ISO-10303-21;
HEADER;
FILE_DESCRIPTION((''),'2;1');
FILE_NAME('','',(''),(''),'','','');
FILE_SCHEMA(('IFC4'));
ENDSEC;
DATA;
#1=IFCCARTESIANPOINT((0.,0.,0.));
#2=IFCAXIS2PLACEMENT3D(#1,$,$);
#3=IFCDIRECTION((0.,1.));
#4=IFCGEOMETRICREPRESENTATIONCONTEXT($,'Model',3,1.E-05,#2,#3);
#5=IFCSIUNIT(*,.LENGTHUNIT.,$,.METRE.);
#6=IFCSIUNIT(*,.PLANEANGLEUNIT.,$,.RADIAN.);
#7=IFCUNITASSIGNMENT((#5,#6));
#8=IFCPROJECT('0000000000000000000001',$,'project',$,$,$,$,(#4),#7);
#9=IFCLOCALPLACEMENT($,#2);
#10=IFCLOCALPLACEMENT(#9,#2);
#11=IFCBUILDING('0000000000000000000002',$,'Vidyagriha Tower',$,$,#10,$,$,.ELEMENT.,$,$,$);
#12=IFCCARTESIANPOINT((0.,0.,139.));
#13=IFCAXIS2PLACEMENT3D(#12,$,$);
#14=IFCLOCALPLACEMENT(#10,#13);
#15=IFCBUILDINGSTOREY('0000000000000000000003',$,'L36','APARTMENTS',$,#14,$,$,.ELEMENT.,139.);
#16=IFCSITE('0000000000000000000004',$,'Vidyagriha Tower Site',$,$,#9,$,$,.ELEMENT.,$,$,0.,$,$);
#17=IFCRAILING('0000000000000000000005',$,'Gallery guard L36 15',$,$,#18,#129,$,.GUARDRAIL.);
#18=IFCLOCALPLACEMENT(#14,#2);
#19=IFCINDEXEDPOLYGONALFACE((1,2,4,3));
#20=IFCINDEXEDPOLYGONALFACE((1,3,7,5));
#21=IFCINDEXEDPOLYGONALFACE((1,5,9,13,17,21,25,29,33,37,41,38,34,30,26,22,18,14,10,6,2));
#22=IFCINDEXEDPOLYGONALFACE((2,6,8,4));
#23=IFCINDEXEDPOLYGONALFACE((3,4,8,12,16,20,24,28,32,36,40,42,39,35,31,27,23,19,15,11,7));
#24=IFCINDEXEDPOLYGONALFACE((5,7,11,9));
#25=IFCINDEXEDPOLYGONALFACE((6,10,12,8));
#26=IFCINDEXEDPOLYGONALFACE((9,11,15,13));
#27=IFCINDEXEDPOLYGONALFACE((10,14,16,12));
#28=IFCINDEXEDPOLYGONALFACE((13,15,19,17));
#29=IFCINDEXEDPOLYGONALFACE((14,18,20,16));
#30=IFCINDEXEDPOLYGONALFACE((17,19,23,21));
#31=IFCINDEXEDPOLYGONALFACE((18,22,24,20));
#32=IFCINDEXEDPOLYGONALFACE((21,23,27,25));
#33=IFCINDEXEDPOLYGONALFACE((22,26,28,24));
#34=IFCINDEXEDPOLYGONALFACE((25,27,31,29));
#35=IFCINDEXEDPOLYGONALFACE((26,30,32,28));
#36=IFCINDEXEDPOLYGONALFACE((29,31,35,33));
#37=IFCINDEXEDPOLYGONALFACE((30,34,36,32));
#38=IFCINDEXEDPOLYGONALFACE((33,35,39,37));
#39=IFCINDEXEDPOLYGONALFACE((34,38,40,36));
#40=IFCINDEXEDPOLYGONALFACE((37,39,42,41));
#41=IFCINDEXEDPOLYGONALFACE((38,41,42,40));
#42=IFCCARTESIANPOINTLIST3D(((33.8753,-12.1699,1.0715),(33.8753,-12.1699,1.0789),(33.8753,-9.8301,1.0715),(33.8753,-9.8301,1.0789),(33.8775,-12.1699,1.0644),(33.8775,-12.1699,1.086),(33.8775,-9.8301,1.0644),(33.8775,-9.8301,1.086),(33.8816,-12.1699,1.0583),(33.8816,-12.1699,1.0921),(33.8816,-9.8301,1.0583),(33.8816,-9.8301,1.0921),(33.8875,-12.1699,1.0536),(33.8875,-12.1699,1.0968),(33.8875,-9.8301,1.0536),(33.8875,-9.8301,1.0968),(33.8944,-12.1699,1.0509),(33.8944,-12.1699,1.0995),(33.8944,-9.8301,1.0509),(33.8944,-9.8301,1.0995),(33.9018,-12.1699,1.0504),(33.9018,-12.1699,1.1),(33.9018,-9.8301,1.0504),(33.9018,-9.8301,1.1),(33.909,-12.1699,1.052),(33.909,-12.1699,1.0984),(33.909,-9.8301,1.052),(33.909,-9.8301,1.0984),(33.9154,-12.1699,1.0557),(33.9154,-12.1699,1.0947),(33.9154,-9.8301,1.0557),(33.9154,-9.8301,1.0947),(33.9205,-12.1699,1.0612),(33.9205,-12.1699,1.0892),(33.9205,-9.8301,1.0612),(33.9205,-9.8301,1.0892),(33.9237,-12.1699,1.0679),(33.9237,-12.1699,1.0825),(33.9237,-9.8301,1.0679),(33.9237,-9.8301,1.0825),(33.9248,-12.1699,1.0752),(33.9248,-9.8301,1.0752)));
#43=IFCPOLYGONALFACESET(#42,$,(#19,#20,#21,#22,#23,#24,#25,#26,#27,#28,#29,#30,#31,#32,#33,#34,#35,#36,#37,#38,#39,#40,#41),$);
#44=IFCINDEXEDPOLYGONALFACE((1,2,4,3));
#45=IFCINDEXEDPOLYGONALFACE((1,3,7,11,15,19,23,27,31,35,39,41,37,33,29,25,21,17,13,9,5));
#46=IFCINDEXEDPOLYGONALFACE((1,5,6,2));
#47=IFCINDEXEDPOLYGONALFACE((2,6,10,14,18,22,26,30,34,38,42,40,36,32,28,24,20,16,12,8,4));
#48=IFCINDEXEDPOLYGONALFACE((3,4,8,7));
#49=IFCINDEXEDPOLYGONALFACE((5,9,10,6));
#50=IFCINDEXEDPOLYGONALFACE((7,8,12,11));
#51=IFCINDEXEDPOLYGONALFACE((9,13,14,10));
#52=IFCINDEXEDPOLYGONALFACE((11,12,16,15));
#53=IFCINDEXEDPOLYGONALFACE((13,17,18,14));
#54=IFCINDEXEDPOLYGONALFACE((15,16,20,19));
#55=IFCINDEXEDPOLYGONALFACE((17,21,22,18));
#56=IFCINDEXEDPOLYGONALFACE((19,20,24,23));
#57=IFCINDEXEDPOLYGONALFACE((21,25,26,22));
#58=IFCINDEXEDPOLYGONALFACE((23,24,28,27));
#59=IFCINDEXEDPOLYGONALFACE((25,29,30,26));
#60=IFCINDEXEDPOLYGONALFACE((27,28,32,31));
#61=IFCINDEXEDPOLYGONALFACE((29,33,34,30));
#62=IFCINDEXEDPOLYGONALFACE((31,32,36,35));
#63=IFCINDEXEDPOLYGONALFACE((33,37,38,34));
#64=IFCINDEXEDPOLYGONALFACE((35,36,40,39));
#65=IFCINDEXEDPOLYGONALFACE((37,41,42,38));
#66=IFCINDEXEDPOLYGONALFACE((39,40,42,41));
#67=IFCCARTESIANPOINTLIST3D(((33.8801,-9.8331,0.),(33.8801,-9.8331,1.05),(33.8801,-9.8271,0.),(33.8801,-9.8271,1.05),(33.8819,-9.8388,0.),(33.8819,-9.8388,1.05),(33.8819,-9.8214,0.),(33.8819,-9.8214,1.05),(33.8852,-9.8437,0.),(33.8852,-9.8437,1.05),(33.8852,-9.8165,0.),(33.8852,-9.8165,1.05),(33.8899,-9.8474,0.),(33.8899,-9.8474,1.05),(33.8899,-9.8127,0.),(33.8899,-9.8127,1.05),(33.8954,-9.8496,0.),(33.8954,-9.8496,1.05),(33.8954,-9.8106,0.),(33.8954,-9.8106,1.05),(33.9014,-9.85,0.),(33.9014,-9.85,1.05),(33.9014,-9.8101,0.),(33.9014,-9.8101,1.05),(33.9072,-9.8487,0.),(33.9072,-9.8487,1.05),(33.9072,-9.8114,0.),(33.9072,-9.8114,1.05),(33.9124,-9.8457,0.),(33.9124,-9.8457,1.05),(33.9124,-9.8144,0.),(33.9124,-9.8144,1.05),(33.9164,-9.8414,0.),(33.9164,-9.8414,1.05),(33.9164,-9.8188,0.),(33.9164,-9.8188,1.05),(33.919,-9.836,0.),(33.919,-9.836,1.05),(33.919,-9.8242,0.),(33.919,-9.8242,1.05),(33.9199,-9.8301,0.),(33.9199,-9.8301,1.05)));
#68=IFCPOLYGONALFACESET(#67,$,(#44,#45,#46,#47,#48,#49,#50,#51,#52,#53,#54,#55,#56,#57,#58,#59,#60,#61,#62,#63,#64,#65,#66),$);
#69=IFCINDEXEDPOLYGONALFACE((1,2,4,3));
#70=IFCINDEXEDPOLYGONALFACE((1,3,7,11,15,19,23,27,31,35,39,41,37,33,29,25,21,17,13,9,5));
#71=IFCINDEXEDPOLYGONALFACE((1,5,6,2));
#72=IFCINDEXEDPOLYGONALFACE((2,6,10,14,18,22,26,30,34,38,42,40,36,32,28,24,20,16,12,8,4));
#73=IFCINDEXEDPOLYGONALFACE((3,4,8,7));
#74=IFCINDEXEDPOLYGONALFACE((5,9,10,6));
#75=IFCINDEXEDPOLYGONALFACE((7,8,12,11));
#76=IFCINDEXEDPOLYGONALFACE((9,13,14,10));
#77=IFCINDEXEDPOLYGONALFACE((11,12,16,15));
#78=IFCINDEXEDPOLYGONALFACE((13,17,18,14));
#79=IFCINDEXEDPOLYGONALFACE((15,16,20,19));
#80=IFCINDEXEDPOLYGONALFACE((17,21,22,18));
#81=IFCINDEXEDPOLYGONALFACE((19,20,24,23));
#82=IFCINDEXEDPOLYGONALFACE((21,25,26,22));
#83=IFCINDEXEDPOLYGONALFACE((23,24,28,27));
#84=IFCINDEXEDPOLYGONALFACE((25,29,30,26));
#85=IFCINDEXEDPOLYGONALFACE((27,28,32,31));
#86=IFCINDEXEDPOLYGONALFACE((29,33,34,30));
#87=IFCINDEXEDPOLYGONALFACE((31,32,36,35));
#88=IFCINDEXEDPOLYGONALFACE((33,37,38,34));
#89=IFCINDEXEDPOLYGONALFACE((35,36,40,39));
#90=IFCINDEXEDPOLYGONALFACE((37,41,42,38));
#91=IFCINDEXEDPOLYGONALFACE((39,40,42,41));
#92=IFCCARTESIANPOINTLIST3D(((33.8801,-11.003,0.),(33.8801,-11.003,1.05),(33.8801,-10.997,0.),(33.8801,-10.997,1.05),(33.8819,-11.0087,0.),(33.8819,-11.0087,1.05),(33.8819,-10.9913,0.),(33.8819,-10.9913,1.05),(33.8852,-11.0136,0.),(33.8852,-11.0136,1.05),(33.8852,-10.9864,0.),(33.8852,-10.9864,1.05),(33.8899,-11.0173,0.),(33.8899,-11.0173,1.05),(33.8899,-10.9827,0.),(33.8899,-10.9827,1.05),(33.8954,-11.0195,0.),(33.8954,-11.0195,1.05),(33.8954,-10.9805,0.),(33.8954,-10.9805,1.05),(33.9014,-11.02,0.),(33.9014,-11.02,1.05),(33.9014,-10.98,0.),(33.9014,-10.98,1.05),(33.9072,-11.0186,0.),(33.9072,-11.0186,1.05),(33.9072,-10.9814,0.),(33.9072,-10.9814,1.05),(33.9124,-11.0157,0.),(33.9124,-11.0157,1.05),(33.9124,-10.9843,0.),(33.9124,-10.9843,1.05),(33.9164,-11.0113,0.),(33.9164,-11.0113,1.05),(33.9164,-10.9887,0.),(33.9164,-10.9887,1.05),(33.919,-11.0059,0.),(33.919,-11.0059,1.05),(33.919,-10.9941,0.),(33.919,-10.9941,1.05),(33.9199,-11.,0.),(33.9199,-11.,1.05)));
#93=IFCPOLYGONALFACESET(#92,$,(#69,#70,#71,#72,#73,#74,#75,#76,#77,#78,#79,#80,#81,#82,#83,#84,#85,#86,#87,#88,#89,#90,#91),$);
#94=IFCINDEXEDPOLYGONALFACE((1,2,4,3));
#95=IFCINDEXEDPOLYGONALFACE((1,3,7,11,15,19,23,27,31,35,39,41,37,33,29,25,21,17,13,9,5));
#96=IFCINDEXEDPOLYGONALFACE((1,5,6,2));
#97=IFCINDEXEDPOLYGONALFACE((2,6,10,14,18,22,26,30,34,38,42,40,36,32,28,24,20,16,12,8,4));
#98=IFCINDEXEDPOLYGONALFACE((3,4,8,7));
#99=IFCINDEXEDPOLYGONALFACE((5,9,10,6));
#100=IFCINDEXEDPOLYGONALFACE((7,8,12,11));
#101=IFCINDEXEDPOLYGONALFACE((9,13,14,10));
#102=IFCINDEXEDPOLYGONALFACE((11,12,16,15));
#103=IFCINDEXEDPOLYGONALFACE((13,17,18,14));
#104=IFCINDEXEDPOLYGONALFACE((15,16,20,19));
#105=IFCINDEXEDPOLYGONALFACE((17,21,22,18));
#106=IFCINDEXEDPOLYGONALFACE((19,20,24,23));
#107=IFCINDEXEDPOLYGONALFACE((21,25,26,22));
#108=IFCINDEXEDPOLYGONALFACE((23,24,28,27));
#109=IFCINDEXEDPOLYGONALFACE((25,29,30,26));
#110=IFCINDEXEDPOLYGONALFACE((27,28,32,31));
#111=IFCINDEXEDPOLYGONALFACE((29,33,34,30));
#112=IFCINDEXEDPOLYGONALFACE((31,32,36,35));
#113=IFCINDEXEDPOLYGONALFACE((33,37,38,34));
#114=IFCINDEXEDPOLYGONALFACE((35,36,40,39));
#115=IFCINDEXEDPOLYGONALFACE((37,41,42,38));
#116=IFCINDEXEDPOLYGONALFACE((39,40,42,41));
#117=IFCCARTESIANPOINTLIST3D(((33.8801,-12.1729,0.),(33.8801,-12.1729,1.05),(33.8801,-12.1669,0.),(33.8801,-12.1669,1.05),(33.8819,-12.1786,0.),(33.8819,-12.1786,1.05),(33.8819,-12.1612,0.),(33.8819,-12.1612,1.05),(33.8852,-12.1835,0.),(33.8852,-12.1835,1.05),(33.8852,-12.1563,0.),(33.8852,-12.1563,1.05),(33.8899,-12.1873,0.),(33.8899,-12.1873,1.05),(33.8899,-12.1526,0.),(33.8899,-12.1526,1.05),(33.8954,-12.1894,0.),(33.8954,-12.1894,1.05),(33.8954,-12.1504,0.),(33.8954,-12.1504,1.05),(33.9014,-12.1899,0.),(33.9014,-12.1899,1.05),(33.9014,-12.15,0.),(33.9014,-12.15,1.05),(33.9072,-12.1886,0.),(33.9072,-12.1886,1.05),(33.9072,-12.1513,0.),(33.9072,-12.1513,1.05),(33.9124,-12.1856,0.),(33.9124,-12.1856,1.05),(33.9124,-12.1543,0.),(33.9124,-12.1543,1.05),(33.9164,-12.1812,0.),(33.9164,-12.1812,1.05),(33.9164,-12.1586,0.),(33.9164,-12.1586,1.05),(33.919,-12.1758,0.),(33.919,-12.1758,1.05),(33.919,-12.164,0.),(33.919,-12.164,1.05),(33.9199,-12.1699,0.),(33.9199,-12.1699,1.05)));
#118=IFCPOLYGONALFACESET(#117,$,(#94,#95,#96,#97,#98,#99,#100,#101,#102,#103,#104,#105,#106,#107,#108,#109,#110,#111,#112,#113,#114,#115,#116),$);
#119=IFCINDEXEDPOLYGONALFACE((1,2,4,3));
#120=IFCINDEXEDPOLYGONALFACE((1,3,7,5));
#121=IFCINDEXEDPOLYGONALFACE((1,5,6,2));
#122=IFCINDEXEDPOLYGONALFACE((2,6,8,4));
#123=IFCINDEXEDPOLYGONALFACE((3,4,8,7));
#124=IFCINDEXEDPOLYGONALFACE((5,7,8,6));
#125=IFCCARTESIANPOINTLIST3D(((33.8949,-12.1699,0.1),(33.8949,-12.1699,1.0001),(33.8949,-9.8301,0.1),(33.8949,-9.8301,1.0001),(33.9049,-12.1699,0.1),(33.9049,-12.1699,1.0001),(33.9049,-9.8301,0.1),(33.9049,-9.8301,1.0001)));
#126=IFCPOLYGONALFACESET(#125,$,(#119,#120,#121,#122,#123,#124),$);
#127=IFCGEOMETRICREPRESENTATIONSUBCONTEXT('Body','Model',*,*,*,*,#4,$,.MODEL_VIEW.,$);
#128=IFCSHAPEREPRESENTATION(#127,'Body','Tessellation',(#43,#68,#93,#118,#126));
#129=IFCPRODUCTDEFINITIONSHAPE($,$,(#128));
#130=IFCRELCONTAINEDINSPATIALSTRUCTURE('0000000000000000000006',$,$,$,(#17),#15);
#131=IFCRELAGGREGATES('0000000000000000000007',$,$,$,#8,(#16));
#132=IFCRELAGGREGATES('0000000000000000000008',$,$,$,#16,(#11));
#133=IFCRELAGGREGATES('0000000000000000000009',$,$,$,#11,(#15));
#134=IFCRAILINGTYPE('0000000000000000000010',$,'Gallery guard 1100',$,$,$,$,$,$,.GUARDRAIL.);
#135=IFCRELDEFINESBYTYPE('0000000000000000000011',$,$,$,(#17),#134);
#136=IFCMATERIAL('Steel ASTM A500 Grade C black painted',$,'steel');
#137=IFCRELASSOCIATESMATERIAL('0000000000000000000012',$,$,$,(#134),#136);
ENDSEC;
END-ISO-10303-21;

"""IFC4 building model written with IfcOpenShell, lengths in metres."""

from ifc_helpers import new_model, si_unit, direction, frame, origin, origin_2d, place, context, subcontext, project, spatial, rectangle, circle, extrude, material, type_object, element, save


model = new_model("IFC4")

# Units and contexts
model_context = context("Model", 3, precision=1e-05, world=origin(), true_north=direction((0.0, 1.0)))
body_context = subcontext(model_context, "Body", "Model", "MODEL_VIEW")
ifc_project = project(units=[si_unit("LENGTHUNIT", "METRE"), si_unit("PLANEANGLEUNIT", "RADIAN")], contexts=[model_context])

# Site, building, storey
site_placement = place(None, origin())
site = spatial("IfcSite", under=ifc_project, at=site_placement, Name="Vidyagriha Tower Site", CompositionType="ELEMENT", RefElevation=0.0)
building_placement = place(site_placement, origin())
building = spatial("IfcBuilding", under=site, at=building_placement, Name="Vidyagriha Tower", CompositionType="ELEMENT")
storey_placement = place(building_placement, frame((0.0, 0.0, 139.0)))
storey = spatial("IfcBuildingStorey", under=building, at=storey_placement, Name="L36", Description="APARTMENTS", CompositionType="ELEMENT", Elevation=139.0)

# Railing
ifc_material_1 = material(Name="Steel ASTM A500 Grade C black painted", Category="steel")
railing_type = type_object("IfcRailingType", Name="Gallery guard 1100", PredefinedType="GUARDRAIL", material=ifc_material_1)
railing_1_placement = place(storey_placement, frame((33.8999, -9.8301, 0.0)))
element("IfcRailing", 1, at=railing_1_placement, inside=storey, type_object=railing_type, Name="Gallery guard L36 15", PredefinedType="GUARDRAIL", context=body_context, shape_type="SweptSolid", body=[
    extrude(circle(Radius=0.0249, at=origin_2d()), frame((0.0, 0.0, 1.0752), z_axis=(0.0, -1.0, 0.0), x_axis=(1.0, 0.0, 0.0)), (0.0, 0.0, 1.0), 2.3398),
    extrude(circle(Radius=0.02, at=origin_2d()), origin(), (0.0, 0.0, 1.0), 1.05),
    extrude(circle(Radius=0.02, at=origin_2d()), frame((0.0, -1.1699, 0.0)), (0.0, 0.0, 1.0), 1.05),
    extrude(circle(Radius=0.02, at=origin_2d()), frame((0.0, -2.3398, 0.0)), (0.0, 0.0, 1.0), 1.05),
    extrude(rectangle(XDim=0.01, YDim=0.9001, at=origin_2d()), frame((0.0, 0.0, 0.55), z_axis=(0.0, -1.0, 0.0), x_axis=(1.0, 0.0, 0.0)), (0.0, 0.0, 1.0), 2.3398),
])

save(model, "model.ifc")
